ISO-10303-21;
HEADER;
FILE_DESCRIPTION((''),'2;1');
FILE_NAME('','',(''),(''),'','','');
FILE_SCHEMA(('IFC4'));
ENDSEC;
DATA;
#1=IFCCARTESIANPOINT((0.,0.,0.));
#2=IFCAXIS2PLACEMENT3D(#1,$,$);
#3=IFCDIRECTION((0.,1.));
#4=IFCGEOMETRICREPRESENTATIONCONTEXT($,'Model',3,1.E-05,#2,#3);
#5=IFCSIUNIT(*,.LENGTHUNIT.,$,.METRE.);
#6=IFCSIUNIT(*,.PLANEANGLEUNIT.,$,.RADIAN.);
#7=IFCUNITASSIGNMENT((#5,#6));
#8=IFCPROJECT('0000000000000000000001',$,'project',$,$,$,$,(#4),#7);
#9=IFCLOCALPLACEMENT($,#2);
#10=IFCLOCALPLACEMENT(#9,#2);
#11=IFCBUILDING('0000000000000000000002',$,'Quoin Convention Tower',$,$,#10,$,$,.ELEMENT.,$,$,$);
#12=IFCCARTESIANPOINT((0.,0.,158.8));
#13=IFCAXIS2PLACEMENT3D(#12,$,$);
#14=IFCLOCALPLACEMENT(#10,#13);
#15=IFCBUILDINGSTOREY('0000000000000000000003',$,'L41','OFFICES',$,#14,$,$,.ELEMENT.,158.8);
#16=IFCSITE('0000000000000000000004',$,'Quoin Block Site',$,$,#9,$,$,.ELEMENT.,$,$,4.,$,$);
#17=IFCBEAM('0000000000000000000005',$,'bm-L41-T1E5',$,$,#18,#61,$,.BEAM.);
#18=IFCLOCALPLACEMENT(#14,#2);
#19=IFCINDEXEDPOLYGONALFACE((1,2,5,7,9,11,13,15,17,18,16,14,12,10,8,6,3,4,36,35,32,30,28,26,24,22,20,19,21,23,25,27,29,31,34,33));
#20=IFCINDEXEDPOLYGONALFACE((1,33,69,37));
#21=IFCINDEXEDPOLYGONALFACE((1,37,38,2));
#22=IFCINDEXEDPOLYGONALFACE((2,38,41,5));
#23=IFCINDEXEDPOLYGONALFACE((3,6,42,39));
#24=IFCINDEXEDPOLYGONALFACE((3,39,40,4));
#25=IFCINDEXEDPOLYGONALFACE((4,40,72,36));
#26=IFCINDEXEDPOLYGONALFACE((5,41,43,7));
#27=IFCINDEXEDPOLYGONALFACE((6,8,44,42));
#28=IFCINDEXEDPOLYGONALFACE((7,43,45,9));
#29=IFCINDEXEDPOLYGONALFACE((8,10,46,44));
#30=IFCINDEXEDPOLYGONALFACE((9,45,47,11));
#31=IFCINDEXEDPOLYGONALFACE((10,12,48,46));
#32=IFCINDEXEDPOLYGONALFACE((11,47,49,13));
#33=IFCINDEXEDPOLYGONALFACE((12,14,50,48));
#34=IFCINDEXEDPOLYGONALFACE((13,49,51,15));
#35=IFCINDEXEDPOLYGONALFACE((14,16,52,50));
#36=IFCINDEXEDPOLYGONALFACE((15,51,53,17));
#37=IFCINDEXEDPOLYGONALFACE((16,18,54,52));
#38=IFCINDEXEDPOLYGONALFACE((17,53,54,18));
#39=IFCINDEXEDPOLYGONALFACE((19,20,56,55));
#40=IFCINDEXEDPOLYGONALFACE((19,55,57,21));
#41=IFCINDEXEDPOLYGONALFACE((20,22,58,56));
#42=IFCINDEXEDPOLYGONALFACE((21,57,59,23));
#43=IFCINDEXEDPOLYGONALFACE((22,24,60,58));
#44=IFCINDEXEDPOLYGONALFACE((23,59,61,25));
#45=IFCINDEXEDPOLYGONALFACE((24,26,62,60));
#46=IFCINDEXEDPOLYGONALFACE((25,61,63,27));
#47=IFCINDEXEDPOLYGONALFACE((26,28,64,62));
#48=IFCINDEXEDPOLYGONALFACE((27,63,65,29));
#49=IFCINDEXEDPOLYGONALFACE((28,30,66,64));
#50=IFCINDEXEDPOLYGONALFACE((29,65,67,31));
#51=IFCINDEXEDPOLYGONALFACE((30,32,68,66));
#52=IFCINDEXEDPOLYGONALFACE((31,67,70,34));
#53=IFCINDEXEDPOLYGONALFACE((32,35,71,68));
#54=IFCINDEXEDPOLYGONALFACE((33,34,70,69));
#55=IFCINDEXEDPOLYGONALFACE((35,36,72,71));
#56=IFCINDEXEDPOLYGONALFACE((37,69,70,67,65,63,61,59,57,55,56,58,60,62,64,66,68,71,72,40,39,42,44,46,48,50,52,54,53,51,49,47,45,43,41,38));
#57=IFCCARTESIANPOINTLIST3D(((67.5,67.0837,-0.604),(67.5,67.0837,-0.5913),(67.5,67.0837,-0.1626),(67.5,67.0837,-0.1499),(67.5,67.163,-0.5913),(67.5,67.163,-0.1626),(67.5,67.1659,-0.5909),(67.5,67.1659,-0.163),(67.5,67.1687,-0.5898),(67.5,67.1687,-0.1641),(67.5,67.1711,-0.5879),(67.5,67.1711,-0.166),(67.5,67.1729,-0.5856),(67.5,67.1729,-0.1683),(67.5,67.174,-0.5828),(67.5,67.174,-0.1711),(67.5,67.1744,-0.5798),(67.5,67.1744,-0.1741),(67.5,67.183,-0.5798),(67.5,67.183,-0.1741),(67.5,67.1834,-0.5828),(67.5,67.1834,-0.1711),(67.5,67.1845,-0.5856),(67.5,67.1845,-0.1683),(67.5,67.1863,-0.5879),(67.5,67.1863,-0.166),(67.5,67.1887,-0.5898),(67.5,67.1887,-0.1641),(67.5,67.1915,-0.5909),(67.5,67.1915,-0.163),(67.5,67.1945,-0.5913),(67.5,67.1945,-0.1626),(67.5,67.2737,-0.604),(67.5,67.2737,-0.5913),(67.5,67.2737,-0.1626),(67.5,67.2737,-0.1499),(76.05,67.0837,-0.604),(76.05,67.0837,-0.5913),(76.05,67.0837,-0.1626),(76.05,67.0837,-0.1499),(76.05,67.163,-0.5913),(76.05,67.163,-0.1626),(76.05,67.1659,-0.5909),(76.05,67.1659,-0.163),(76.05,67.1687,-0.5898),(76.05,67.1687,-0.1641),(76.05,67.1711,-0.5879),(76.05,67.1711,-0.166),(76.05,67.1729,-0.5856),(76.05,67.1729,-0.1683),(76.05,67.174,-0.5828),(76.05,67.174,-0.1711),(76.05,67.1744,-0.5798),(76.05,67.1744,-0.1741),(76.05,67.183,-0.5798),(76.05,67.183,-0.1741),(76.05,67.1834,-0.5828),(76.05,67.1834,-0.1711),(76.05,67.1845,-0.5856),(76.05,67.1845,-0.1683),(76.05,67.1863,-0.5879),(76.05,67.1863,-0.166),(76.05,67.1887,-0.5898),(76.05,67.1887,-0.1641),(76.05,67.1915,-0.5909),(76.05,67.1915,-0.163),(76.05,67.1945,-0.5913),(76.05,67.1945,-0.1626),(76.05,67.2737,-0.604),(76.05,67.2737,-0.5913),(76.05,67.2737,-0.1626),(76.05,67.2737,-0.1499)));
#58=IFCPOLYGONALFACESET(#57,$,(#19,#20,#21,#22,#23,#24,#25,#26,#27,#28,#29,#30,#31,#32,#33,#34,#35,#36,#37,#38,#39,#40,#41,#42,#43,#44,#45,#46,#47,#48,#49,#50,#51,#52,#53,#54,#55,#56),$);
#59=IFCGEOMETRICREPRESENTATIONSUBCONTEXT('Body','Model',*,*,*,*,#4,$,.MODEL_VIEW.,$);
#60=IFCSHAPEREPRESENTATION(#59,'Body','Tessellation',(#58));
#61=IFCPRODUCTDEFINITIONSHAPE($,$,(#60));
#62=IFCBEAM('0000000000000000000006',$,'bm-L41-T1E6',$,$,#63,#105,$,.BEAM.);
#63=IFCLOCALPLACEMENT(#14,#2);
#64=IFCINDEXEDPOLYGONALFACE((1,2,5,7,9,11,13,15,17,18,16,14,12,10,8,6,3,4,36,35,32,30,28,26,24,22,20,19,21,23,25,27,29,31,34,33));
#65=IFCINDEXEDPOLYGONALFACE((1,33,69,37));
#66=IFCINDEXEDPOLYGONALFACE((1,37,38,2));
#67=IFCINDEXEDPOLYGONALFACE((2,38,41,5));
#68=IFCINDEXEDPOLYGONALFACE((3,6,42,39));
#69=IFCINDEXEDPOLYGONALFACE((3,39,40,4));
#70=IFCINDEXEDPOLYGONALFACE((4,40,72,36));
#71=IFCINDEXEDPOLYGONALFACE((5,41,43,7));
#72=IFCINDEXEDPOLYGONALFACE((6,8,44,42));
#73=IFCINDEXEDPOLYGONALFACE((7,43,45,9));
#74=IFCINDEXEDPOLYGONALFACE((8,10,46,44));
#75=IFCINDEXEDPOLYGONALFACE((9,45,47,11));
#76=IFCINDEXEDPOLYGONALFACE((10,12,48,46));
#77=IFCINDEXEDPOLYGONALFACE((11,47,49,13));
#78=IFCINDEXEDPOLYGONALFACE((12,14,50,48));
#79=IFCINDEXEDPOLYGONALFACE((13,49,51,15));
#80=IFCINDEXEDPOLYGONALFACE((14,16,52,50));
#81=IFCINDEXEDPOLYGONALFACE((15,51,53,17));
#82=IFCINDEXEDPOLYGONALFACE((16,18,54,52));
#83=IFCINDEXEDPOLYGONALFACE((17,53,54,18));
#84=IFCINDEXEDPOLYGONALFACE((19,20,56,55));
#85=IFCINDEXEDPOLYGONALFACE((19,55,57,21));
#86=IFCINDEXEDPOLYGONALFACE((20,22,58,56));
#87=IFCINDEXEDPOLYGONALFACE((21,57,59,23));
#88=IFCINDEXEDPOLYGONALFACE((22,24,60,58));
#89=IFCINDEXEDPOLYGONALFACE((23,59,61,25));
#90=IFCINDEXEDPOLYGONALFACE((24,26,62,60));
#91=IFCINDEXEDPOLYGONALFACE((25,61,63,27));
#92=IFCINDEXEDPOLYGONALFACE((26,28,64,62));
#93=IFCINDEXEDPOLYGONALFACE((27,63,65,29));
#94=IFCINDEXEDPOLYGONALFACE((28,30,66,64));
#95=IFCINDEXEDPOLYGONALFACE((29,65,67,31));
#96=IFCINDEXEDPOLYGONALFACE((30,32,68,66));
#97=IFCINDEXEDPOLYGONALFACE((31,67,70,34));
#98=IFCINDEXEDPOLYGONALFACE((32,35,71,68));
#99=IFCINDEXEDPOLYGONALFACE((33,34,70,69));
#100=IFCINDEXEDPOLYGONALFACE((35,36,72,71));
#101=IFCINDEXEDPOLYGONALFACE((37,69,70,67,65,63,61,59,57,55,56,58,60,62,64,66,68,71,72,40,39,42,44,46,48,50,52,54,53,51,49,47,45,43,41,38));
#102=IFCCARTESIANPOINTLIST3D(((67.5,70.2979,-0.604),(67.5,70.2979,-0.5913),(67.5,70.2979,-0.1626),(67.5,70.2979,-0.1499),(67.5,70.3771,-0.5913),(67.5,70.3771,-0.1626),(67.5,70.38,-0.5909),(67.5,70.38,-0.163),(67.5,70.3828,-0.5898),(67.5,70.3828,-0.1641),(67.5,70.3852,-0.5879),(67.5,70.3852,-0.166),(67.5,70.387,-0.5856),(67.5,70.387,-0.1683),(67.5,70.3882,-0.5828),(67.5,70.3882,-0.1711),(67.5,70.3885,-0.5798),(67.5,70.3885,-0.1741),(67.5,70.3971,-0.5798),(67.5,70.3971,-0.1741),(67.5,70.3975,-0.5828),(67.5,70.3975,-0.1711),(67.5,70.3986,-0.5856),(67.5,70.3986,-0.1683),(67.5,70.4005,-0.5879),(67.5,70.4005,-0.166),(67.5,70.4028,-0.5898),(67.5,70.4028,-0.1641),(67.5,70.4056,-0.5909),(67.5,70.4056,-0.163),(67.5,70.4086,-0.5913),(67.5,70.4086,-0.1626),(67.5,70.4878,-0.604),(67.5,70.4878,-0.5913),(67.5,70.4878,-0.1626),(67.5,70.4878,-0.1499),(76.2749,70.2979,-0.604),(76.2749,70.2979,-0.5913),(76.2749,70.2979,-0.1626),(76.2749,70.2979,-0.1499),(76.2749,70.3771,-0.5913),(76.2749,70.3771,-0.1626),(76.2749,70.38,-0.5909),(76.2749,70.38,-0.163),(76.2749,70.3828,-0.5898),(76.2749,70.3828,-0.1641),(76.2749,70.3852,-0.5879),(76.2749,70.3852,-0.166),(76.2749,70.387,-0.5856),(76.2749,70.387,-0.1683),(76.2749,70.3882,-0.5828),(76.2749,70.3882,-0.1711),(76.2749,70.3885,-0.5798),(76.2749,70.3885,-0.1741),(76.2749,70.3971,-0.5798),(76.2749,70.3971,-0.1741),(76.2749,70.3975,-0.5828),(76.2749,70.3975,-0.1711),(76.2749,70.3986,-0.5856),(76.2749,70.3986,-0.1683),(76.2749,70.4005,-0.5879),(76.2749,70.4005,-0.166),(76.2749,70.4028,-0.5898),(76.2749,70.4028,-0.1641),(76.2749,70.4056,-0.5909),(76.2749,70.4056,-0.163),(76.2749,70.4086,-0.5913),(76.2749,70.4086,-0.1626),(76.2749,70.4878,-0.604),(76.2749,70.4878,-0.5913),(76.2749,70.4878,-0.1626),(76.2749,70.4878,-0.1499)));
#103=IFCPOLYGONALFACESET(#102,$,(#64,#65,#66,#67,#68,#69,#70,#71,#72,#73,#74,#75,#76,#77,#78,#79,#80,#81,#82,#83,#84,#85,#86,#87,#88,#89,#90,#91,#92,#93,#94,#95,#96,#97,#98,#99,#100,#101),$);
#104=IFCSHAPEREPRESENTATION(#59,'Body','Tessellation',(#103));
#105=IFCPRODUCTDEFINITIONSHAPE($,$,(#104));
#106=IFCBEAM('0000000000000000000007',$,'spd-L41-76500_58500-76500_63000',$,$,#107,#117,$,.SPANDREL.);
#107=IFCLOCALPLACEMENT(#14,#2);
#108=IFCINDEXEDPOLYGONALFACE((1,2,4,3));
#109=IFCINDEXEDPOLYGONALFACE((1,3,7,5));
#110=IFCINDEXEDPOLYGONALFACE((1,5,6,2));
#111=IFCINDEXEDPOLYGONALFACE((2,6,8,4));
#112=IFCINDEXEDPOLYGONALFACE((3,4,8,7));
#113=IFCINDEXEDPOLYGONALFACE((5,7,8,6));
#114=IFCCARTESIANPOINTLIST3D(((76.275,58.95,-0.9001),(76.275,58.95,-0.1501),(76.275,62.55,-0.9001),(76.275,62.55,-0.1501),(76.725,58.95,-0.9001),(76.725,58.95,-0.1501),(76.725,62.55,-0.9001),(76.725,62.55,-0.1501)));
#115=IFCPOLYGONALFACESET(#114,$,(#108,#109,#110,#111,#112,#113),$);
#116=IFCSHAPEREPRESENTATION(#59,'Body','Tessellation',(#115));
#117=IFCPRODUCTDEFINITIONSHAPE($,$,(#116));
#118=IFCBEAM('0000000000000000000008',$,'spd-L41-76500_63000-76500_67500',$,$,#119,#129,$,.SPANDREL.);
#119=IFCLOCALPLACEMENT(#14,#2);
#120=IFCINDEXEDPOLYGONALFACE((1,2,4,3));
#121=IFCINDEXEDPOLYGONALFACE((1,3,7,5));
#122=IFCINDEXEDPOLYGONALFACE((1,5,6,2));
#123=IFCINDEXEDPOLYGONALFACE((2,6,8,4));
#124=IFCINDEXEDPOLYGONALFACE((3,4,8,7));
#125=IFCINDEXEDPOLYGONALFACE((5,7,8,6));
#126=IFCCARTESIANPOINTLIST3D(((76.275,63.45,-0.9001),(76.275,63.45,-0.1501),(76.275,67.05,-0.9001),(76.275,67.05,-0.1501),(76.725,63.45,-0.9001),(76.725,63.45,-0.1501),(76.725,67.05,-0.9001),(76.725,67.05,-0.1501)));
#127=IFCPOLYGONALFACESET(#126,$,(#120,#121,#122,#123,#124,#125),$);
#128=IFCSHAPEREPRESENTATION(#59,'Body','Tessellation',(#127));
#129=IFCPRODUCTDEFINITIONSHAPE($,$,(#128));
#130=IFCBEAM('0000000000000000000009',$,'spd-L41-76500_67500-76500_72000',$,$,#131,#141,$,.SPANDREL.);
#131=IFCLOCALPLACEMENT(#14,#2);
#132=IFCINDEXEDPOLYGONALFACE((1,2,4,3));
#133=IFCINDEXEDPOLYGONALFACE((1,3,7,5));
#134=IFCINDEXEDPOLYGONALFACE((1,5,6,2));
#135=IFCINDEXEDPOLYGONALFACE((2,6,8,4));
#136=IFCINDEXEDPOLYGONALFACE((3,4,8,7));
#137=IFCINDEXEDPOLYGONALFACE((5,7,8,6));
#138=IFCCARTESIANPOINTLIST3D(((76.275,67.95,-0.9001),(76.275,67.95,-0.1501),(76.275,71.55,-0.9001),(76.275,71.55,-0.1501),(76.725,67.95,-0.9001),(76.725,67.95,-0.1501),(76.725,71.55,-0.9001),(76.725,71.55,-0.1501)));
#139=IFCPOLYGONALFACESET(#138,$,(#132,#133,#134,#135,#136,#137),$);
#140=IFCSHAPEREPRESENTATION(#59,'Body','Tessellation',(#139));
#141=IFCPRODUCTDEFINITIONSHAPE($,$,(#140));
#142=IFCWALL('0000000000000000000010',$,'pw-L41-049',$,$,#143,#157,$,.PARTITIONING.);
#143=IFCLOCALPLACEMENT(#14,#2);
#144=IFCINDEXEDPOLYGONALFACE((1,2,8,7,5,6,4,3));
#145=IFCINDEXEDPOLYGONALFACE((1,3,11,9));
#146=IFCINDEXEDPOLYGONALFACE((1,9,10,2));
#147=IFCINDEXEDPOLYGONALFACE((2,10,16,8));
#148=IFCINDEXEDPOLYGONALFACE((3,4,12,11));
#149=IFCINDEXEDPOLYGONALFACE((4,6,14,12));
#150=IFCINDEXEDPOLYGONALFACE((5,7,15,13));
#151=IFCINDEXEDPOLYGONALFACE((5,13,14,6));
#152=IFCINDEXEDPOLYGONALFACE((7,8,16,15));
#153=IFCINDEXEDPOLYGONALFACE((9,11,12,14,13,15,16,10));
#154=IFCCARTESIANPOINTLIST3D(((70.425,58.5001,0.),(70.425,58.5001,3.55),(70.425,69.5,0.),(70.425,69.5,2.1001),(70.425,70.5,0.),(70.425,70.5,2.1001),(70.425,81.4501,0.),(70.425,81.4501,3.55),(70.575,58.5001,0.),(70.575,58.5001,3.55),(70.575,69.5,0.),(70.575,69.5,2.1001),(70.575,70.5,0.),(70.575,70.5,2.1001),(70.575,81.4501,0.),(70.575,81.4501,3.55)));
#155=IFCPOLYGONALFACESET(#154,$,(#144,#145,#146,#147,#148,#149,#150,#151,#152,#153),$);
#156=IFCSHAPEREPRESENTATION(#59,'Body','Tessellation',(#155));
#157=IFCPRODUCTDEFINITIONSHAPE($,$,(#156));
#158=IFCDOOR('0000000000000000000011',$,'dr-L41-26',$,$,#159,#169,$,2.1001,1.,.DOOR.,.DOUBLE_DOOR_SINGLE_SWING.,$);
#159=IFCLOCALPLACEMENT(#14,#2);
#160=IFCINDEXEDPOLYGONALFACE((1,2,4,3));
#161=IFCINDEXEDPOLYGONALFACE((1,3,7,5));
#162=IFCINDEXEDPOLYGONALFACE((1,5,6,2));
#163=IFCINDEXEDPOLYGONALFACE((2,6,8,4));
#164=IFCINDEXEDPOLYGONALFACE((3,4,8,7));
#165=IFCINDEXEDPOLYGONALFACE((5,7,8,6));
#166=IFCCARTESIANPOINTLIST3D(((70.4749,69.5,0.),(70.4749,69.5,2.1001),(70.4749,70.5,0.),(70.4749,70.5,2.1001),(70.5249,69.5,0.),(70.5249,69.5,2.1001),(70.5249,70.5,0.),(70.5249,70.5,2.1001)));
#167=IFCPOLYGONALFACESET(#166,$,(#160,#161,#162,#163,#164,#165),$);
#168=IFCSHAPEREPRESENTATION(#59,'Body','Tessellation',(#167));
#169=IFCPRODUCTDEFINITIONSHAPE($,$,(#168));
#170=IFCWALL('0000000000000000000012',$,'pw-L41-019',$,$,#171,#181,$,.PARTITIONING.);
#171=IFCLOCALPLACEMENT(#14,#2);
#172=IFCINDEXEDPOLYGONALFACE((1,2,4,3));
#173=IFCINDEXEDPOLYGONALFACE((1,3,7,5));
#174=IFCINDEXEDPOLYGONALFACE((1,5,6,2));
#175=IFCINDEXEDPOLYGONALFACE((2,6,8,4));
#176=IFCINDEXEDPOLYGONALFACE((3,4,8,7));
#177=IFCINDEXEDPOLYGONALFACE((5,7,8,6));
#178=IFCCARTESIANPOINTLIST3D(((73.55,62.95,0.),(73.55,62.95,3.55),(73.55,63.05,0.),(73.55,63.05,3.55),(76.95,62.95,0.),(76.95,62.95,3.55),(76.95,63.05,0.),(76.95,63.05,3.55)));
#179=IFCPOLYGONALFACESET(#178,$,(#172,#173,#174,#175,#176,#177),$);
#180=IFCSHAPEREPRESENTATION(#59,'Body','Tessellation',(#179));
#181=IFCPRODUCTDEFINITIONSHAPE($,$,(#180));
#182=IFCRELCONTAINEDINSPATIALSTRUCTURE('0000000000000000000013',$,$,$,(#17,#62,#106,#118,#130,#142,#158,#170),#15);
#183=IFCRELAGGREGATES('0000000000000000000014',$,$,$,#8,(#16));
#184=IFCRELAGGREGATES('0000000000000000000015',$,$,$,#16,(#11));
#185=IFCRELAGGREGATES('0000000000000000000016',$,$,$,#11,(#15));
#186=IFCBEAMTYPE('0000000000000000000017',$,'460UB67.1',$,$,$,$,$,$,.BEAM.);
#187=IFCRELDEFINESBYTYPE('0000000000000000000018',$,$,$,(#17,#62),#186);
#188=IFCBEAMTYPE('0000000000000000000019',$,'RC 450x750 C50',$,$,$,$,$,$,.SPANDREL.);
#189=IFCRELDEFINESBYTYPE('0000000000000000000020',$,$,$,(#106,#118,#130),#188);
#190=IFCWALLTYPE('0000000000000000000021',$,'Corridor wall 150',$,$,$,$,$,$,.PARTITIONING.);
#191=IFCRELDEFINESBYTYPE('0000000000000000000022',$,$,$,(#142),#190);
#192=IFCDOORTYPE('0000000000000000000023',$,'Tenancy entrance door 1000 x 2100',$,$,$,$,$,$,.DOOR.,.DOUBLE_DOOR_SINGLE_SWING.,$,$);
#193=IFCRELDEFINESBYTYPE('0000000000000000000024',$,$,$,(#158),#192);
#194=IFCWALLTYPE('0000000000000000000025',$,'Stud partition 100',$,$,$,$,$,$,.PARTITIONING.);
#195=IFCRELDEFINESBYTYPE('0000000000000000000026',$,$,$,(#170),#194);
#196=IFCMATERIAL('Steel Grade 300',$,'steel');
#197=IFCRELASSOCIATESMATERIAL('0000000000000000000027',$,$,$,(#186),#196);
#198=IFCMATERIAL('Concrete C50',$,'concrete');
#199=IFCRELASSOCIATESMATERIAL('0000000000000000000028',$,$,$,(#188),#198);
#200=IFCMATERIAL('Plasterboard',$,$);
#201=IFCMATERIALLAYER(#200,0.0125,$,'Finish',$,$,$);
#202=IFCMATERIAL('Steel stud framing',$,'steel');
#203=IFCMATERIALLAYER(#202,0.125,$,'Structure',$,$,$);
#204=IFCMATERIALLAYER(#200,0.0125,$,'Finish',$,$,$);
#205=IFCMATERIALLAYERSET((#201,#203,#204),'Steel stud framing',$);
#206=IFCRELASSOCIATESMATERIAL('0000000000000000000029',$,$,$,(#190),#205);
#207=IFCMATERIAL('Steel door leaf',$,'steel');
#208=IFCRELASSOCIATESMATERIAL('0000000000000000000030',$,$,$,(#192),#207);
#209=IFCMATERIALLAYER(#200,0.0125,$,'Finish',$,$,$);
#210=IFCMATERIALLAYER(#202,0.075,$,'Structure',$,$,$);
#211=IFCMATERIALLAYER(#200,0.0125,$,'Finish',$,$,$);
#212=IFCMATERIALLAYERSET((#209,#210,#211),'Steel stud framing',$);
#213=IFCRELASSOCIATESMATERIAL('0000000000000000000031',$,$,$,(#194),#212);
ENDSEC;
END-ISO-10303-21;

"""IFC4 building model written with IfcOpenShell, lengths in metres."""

from ifc_helpers import new_model, si_unit, direction, frame, frame_2d, origin, origin_2d, place, context, subcontext, project, spatial, rectangle, i_section, extrude, material, layer, layer_set, material_profile, profile_set, type_object, element, fill, save


model = new_model("IFC4")

# Units and contexts
model_context = context("Model", 3, precision=1e-05, world=origin(), true_north=direction((0.0, 1.0)))
body_context = subcontext(model_context, "Body", "Model", "MODEL_VIEW")
ifc_project = project(units=[si_unit("LENGTHUNIT", "METRE"), si_unit("PLANEANGLEUNIT", "RADIAN")], contexts=[model_context])

# Site, building, storey
site_placement = place(None, origin())
site = spatial("IfcSite", under=ifc_project, at=site_placement, Name="Quoin Block Site", CompositionType="ELEMENT", RefElevation=4.0)
building_placement = place(site_placement, origin())
building = spatial("IfcBuilding", under=site, at=building_placement, Name="Quoin Convention Tower", CompositionType="ELEMENT")
storey_placement = place(building_placement, frame((0.0, 0.0, 158.8)))
storey = spatial("IfcBuildingStorey", under=building, at=storey_placement, Name="L41", Description="OFFICES", CompositionType="ELEMENT", Elevation=158.8)

# Shared definitions
ifc_material_1 = material(Name="Concrete C50", Category="concrete")

# Beams
ifc_material_2 = material(Name="Steel Grade 300", Category="steel")
ifc_material_profile_1 = material_profile(ifc_material_2, i_section(OverallWidth=0.1899, OverallDepth=0.4541, WebThickness=0.0085, FlangeThickness=0.0127, FilletRadius=0.0115, at=origin_2d()), Name="460UB67.1")
ifc_profile_set_1 = profile_set([ifc_material_profile_1], Name="Steel Grade 300")
beam_type_1 = type_object("IfcBeamType", Name="460UB67.1", PredefinedType="BEAM", material=ifc_profile_set_1)
beam_1_placement = place(storey_placement, frame((67.5, 67.1787, -0.377), z_axis=(1.0, 0.0, 0.0), x_axis=(0.0, 1.0, 0.0)))
element("IfcBeam", 1, at=beam_1_placement, inside=storey, type_object=beam_type_1, Name="bm-L41-T1E5", PredefinedType="BEAM", context=body_context, shape_type="SweptSolid", body=[
    extrude(i_section(OverallWidth=0.1899, OverallDepth=0.4541, WebThickness=0.0085, FlangeThickness=0.0127, FilletRadius=0.0115, at=origin_2d()), origin(), (0.0, 0.0, 1.0), 8.55),
])
beam_2_placement = place(storey_placement, frame((67.5, 70.3928, -0.377), z_axis=(1.0, 0.0, 0.0), x_axis=(0.0, 1.0, 0.0)))
element("IfcBeam", 2, at=beam_2_placement, inside=storey, type_object=beam_type_1, Name="bm-L41-T1E6", PredefinedType="BEAM", context=body_context, shape_type="SweptSolid", body=[
    extrude(i_section(OverallWidth=0.1899, OverallDepth=0.4541, WebThickness=0.0085, FlangeThickness=0.0127, FilletRadius=0.0115, at=origin_2d()), origin(), (0.0, 0.0, 1.0), 8.7749),
])
ifc_material_profile_2 = material_profile(ifc_material_1, rectangle(XDim=0.45, YDim=0.75, at=origin_2d()), Name="RC 450x750")
ifc_profile_set_2 = profile_set([ifc_material_profile_2], Name="Concrete C50")
beam_type_2 = type_object("IfcBeamType", Name="RC 450x750 C50", PredefinedType="SPANDREL", material=ifc_profile_set_2)
for number, where, z_axis, x_axis, name in (
    (3, (76.5, 58.95, -0.5251), (0.0, 1.0, 0.0), (-1.0, 0.0, 0.0), "spd-L41-76500_58500-76500_63000"),
    (4, (76.5, 63.45, -0.5251), (0.0, 1.0, 0.0), (-1.0, 0.0, 0.0), "spd-L41-76500_63000-76500_67500"),
    (5, (76.5, 67.95, -0.5251), (0.0, 1.0, 0.0), (-1.0, 0.0, 0.0), "spd-L41-76500_67500-76500_72000"),
):
    element("IfcBeam", number, at=place(storey_placement, frame(where, z_axis=z_axis, x_axis=x_axis)), inside=storey, type_object=beam_type_2, Name=name, PredefinedType="SPANDREL", context=body_context, shape_type="SweptSolid", body=[
        extrude(rectangle(XDim=0.45, YDim=0.75, at=origin_2d()), origin(), (0.0, 0.0, 1.0), 3.6001),
    ])

# Wall, opening, door
ifc_material_3 = material(Name="Plasterboard")
ifc_layer_1 = layer(ifc_material_3, 0.0125, Name="Finish")
ifc_material_4 = material(Name="Steel stud framing", Category="steel")
ifc_layer_2 = layer(ifc_material_4, 0.125, Name="Structure")
ifc_layer_3 = layer(ifc_material_3, 0.0125, Name="Finish")
ifc_layer_set_1 = layer_set([ifc_layer_1, ifc_layer_2, ifc_layer_3], Name="Steel stud framing")
wall_type_1 = type_object("IfcWallType", Name="Corridor wall 150", PredefinedType="PARTITIONING", material=ifc_layer_set_1)
wall_1_placement = place(storey_placement, frame((70.5, 58.5, 0.0), z_axis=(0.0, 0.0, 1.0), x_axis=(0.0, 1.0, 0.0)))
wall_1 = element("IfcWall", 6, at=wall_1_placement, inside=storey, type_object=wall_type_1, Name="pw-L41-049", PredefinedType="PARTITIONING", context=body_context, shape_type="SweptSolid", body=[
    extrude(rectangle(XDim=22.95, YDim=0.1499, at=frame_2d((11.4751, 0.0))), origin(), (0.0, 0.0, 1.0), 3.55),
])
opening_1_placement = place(wall_1_placement, frame((11.0, 0.0, 0.0)))
opening_1 = element("IfcOpeningElement", 7, at=opening_1_placement, cuts=wall_1, PredefinedType="OPENING", context=body_context, shape_type="SweptSolid", body=[
    extrude(rectangle(XDim=1.0, YDim=2.1001, at=frame_2d((0.5, 1.05))), frame((0.0, 0.085, 0.0), z_axis=(0.0, -1.0, 0.0), x_axis=(1.0, 0.0, 0.0)), (0.0, 0.0, 1.0), 0.1699),
])
ifc_material_5 = material(Name="Steel door leaf", Category="steel")
door_type_1 = type_object("IfcDoorType", Name="Tenancy entrance door 1000 x 2100", OperationType="DOUBLE_DOOR_SINGLE_SWING", PredefinedType="DOOR", material=ifc_material_5)
door_1_placement = place(opening_1_placement, frame((1.0, 0.0, 0.0), z_axis=(0.0, 0.0, 1.0), x_axis=(-1.0, 0.0, 0.0)))
door_1 = element("IfcDoor", 8, at=door_1_placement, inside=storey, type_object=door_type_1, Name="dr-L41-26", OperationType="DOUBLE_DOOR_SINGLE_SWING", OverallHeight=2.1001, OverallWidth=1.0, PredefinedType="DOOR", context=body_context, shape_type="SweptSolid", body=[
    extrude(rectangle(XDim=1.0, YDim=2.1001, at=frame_2d((0.5, 1.05))), frame((0.0, 0.0249, 0.0), z_axis=(0.0, -1.0, 0.0), x_axis=(1.0, 0.0, 0.0)), (0.0, 0.0, 1.0), 0.05),
])
fill(opening_1, door_1)

# Wall
ifc_layer_4 = layer(ifc_material_3, 0.0125, Name="Finish")
ifc_layer_5 = layer(ifc_material_4, 0.075, Name="Structure")
ifc_layer_6 = layer(ifc_material_3, 0.0125, Name="Finish")
ifc_layer_set_2 = layer_set([ifc_layer_4, ifc_layer_5, ifc_layer_6], Name="Steel stud framing")
wall_type_2 = type_object("IfcWallType", Name="Stud partition 100", PredefinedType="PARTITIONING", material=ifc_layer_set_2)
wall_2_placement = place(storey_placement, frame((73.55, 63.0, 0.0), z_axis=(0.0, 0.0, 1.0), x_axis=(1.0, 0.0, 0.0)))
element("IfcWall", 9, at=wall_2_placement, inside=storey, type_object=wall_type_2, Name="pw-L41-019", PredefinedType="PARTITIONING", context=body_context, shape_type="SweptSolid", body=[
    extrude(rectangle(XDim=3.3999, YDim=0.1001, at=frame_2d((1.7, 0.0))), origin(), (0.0, 0.0, 1.0), 3.55),
])

save(model, "model.ifc")
